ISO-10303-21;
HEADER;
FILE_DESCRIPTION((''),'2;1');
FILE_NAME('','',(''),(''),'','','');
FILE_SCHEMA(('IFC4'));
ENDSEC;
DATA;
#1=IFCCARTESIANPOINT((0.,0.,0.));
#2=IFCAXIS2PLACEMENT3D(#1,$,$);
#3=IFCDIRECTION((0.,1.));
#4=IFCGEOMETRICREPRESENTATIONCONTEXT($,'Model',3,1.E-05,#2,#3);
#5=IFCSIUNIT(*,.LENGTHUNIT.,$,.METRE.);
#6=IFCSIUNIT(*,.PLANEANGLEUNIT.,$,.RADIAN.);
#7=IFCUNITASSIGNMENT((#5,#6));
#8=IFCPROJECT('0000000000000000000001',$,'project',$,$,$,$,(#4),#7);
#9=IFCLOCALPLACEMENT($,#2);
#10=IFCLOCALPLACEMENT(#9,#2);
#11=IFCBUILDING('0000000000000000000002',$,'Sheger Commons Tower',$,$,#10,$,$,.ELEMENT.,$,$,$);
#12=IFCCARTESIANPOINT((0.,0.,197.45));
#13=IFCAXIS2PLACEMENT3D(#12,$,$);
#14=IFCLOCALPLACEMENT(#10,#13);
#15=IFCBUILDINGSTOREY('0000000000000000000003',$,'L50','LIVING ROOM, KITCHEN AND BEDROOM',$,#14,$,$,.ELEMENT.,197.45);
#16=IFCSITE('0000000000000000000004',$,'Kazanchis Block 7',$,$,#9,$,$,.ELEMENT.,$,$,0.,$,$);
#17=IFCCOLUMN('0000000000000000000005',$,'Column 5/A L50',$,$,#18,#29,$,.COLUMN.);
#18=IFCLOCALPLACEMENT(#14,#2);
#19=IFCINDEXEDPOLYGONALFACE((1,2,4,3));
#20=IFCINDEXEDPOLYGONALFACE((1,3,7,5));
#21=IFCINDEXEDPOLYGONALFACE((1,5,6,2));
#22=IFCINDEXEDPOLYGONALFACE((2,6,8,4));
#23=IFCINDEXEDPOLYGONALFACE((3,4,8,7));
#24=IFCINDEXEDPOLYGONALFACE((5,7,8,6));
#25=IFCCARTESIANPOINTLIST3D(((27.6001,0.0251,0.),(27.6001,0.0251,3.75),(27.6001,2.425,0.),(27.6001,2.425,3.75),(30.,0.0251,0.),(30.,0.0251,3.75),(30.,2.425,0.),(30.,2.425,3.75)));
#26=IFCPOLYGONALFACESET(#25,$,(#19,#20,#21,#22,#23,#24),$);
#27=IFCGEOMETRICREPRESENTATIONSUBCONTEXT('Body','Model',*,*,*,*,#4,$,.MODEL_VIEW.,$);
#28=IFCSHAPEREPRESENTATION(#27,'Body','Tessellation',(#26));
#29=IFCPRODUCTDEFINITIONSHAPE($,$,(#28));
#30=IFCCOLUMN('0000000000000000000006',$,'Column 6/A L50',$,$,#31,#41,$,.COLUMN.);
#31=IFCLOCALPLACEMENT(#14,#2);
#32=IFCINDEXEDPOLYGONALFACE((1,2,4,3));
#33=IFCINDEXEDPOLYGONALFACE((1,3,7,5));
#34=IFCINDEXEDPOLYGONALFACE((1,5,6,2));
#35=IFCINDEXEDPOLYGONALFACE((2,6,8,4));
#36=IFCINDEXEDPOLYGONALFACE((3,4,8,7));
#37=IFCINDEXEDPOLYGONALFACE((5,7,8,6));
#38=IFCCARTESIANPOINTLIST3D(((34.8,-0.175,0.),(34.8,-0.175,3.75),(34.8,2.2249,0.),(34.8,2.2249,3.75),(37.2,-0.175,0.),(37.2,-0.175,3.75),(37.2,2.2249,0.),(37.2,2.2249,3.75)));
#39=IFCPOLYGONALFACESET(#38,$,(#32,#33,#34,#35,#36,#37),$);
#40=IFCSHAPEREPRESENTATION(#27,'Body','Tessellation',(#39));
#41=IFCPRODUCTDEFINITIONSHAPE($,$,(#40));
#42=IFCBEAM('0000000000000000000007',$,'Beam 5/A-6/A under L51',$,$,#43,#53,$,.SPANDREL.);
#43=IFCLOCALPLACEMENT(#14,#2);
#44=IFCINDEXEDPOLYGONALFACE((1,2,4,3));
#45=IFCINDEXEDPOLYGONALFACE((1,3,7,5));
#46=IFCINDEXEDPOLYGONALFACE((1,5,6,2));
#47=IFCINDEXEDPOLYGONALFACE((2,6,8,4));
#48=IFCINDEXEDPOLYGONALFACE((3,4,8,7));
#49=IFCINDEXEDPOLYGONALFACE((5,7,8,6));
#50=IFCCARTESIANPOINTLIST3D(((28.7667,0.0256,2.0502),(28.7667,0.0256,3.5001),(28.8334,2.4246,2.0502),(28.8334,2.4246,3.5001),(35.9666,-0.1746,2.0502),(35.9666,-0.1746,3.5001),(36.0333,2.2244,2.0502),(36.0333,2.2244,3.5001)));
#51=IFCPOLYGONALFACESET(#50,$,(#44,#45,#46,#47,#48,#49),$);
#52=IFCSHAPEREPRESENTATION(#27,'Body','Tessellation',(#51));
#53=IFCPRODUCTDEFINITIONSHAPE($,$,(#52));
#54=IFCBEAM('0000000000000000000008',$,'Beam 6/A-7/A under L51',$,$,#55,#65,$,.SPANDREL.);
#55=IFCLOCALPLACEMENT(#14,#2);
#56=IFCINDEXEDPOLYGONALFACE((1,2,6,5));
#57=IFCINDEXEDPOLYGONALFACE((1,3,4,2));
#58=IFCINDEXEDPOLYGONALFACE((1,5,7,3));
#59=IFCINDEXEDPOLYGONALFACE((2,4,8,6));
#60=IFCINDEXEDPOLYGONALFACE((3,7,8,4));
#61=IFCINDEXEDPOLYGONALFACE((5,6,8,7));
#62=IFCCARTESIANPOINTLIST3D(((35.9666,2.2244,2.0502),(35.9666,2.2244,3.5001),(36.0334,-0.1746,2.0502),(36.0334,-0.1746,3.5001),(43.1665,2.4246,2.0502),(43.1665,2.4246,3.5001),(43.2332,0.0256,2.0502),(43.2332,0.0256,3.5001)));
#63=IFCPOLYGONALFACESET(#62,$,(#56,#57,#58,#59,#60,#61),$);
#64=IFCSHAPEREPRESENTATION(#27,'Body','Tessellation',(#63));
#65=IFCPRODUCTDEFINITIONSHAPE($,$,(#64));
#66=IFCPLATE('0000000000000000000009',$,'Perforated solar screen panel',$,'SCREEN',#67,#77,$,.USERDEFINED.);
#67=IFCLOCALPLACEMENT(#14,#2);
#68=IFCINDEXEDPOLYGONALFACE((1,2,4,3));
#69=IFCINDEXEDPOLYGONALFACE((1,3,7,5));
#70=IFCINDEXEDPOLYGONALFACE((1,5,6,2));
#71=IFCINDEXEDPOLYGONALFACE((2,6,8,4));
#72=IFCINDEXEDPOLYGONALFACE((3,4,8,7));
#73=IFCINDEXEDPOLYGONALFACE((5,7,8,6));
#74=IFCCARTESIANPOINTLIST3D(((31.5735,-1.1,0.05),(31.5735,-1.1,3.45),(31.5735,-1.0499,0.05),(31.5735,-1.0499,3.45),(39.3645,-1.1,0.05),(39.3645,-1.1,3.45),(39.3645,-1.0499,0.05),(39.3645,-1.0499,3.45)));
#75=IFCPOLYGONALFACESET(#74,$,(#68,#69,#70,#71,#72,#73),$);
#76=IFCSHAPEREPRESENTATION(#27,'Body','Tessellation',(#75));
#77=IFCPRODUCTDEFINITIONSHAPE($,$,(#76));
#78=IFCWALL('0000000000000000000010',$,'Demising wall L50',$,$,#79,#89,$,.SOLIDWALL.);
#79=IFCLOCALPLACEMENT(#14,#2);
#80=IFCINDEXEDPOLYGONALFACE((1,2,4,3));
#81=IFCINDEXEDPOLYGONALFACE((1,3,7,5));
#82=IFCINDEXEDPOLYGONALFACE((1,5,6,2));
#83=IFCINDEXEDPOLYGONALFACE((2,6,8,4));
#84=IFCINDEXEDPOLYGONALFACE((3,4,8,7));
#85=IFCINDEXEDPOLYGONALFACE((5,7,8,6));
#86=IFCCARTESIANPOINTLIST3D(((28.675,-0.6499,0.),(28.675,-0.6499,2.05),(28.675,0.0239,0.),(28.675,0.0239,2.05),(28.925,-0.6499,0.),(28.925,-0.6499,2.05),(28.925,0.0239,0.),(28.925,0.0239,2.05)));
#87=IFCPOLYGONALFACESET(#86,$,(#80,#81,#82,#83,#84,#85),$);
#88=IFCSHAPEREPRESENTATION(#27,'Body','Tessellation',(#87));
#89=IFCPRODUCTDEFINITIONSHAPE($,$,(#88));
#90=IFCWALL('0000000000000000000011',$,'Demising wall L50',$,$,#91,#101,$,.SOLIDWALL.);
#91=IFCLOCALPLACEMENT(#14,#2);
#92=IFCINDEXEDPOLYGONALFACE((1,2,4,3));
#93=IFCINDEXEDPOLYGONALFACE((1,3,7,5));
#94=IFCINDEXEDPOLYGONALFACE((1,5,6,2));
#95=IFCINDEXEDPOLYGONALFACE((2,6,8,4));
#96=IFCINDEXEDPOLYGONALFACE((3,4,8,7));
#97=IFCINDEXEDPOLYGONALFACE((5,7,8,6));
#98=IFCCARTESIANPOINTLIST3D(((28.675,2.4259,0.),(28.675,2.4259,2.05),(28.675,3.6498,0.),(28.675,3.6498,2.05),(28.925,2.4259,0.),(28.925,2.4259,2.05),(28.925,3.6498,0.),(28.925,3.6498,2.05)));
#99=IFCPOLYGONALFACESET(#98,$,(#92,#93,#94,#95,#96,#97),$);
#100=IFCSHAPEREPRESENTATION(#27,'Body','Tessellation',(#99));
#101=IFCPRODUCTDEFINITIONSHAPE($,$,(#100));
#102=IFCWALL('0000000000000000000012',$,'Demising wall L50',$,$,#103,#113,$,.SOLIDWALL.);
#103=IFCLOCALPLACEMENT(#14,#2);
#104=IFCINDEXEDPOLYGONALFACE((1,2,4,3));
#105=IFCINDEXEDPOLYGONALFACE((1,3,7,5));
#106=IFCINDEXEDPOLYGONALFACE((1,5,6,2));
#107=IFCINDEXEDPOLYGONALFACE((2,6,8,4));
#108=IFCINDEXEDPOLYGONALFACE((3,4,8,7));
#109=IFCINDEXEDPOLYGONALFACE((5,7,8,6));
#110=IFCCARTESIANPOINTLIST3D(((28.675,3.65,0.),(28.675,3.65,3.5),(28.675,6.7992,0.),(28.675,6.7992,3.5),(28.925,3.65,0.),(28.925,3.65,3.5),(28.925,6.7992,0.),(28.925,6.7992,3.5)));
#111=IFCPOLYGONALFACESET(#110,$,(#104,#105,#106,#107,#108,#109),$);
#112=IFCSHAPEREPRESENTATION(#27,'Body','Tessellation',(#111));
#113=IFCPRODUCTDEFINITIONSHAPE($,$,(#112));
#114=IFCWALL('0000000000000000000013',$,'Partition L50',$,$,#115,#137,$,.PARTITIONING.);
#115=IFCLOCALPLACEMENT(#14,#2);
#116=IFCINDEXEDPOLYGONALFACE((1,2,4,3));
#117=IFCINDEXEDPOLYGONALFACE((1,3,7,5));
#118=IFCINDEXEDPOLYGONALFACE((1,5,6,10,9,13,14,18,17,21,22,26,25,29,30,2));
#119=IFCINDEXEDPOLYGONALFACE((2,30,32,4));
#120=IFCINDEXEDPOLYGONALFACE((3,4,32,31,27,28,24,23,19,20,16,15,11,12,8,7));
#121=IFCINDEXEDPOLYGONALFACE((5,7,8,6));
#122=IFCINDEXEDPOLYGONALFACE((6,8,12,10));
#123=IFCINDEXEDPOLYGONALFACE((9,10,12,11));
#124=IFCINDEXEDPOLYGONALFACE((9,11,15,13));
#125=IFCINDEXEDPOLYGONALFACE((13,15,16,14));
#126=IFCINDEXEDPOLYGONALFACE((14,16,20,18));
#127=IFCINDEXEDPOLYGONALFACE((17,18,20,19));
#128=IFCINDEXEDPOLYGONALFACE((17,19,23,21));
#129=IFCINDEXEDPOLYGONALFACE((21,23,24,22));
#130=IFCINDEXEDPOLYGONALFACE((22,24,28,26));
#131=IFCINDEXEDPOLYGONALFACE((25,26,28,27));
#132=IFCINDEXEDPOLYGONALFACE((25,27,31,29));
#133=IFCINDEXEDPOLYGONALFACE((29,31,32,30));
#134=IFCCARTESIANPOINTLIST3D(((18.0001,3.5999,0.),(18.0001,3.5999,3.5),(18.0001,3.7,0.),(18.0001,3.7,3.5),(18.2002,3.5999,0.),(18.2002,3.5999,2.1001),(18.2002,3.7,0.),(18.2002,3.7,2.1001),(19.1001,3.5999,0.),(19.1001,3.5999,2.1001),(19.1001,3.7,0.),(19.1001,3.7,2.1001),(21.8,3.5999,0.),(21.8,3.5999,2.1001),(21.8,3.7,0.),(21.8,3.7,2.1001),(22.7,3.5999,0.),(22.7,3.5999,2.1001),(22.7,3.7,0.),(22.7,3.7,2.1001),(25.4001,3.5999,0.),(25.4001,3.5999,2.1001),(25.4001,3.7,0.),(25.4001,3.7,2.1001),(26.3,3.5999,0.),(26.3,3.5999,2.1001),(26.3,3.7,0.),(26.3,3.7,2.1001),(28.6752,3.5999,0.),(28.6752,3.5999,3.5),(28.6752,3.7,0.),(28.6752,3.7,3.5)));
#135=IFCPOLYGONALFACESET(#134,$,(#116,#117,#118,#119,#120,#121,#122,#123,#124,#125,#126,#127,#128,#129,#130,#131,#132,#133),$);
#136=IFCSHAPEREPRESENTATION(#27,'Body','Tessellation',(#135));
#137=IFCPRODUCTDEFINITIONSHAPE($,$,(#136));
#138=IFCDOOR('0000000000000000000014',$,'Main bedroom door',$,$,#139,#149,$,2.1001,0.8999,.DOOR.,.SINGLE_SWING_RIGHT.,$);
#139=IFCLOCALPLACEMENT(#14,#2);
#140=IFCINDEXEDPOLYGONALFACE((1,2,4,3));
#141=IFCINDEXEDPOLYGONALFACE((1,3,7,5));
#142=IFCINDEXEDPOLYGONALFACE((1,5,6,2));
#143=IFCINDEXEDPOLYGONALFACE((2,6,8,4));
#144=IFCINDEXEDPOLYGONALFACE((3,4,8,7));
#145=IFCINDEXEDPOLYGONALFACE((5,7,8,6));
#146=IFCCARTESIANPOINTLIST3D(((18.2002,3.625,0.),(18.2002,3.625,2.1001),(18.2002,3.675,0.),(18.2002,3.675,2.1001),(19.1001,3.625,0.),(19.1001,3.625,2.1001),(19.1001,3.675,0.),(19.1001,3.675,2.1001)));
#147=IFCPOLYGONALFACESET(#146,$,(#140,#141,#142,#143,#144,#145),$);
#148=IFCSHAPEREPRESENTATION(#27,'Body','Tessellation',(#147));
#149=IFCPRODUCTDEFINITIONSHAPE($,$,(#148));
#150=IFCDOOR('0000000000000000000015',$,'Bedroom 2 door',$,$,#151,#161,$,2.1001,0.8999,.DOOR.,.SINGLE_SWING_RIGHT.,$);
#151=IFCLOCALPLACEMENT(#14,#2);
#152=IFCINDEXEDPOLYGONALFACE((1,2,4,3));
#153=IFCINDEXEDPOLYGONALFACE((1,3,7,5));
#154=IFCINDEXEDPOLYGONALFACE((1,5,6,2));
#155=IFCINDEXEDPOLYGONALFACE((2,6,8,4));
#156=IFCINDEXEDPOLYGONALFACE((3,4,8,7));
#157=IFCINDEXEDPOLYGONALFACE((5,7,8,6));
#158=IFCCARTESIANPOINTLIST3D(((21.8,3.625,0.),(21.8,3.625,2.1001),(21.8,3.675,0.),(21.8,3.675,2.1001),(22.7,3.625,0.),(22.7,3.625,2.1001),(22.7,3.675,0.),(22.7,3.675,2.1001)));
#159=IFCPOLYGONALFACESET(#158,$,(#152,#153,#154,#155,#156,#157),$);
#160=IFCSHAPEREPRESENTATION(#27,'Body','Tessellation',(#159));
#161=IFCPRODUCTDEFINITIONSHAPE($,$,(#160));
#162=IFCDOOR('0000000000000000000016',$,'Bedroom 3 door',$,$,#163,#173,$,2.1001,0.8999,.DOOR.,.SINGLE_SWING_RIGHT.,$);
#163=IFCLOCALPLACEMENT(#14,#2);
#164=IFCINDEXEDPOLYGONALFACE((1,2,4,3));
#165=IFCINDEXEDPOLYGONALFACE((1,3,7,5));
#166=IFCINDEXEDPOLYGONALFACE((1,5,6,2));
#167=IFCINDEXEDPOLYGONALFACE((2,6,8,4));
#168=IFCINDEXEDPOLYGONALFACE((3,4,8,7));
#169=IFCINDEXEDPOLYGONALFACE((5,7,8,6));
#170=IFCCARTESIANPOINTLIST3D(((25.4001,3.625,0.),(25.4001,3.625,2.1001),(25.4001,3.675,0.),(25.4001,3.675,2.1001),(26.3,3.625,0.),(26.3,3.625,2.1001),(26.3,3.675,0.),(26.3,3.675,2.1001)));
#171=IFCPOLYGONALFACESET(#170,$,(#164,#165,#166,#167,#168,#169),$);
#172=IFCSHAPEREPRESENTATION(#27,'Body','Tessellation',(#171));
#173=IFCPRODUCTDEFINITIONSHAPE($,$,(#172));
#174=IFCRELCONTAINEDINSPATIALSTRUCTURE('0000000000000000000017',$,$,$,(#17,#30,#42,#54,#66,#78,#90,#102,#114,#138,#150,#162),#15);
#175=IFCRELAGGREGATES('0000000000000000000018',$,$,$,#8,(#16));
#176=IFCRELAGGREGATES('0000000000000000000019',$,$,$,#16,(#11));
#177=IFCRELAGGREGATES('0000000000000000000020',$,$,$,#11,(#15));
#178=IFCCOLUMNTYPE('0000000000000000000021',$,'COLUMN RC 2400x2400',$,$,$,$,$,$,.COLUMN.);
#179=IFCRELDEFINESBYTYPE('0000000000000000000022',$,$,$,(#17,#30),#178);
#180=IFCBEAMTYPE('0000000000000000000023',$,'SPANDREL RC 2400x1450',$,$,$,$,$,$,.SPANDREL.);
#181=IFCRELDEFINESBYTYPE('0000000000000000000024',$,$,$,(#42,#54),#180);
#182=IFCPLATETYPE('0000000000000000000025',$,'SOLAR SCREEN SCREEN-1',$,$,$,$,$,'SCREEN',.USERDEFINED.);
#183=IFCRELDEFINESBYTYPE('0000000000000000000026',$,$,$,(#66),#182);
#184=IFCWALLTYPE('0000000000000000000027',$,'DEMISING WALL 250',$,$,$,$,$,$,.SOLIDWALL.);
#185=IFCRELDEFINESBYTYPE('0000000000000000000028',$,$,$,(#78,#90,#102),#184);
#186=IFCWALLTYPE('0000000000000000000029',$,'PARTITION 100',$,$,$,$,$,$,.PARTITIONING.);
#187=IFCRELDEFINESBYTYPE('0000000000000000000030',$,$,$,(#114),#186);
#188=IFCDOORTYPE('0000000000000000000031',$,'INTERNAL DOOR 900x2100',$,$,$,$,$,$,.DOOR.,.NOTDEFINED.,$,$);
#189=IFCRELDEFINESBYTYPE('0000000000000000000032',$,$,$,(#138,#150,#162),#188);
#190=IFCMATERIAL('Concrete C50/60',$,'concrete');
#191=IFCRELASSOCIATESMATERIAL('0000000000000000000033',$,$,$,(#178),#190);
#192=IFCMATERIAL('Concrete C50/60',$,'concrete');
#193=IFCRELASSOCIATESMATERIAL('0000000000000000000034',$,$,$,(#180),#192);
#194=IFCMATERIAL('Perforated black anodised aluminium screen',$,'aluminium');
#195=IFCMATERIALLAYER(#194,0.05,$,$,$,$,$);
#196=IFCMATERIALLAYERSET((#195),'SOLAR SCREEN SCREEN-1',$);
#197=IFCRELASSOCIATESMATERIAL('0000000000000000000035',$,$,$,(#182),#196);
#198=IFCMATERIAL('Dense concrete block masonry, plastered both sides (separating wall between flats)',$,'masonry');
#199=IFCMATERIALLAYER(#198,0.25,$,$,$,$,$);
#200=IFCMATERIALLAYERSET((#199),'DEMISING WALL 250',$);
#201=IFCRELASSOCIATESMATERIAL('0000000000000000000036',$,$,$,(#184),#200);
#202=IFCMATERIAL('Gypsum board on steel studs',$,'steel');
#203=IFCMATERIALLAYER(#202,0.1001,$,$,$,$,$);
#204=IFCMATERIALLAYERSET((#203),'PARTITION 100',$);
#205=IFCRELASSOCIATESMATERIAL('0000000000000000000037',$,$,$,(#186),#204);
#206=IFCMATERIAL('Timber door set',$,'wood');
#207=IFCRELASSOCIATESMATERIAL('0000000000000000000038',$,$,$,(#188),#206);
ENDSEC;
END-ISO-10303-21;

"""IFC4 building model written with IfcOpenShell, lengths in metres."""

from ifc_helpers import new_model, si_unit, direction, frame, frame_2d, origin, origin_2d, place, context, subcontext, project, spatial, rectangle, extrude, material, layer, layer_set, material_profile, profile_set, type_object, element, fill, save


model = new_model("IFC4")

# Units and contexts
model_context = context("Model", 3, precision=1e-05, world=origin(), true_north=direction((0.0, 1.0)))
body_context = subcontext(model_context, "Body", "Model", "MODEL_VIEW")
ifc_project = project(units=[si_unit("LENGTHUNIT", "METRE"), si_unit("PLANEANGLEUNIT", "RADIAN")], contexts=[model_context])

# Site, building, storey
site_placement = place(None, origin())
site = spatial("IfcSite", under=ifc_project, at=site_placement, Name="Kazanchis Block 7", CompositionType="ELEMENT", RefElevation=0.0)
building_placement = place(site_placement, origin())
building = spatial("IfcBuilding", under=site, at=building_placement, Name="Sheger Commons Tower", CompositionType="ELEMENT")
storey_placement = place(building_placement, frame((0.0, 0.0, 197.45)))
storey = spatial("IfcBuildingStorey", under=building, at=storey_placement, Name="L50", Description="LIVING ROOM, KITCHEN AND BEDROOM", CompositionType="ELEMENT", Elevation=197.45)

# Columns
ifc_material_1 = material(Name="Concrete C50/60", Category="concrete")
ifc_material_profile_1 = material_profile(ifc_material_1, rectangle(XDim=2.3999, YDim=2.3999, at=origin_2d()), Name="RC 2400x2400")
ifc_profile_set_1 = profile_set([ifc_material_profile_1], Name="Concrete C50/60")
column_type = type_object("IfcColumnType", Name="COLUMN RC 2400x2400", PredefinedType="COLUMN", material=ifc_profile_set_1)
for number, where, z_axis, x_axis, name in (
    (1, (28.8, 1.2251, 0.0), (0.0, 0.0, 1.0), (1.0, 0.0, 0.0), "Column 5/A L50"),
    (2, (36.0, 1.0249, 0.0), (0.0, 0.0, 1.0), (1.0, 0.0, 0.0), "Column 6/A L50"),
):
    element("IfcColumn", number, at=place(storey_placement, frame(where, z_axis=z_axis, x_axis=x_axis)), inside=storey, type_object=column_type, Name=name, PredefinedType="COLUMN", context=body_context, shape_type="SweptSolid", body=[
        extrude(rectangle(XDim=2.3999, YDim=2.3999, at=origin_2d()), origin(), (0.0, 0.0, 1.0), 3.75),
    ])

# Beams
ifc_material_2 = material(Name="Concrete C50/60", Category="concrete")
ifc_material_profile_2 = material_profile(ifc_material_2, rectangle(XDim=2.3999, YDim=1.45, at=origin_2d()), Name="RC 2400x1450")
ifc_profile_set_2 = profile_set([ifc_material_profile_2], Name="Concrete C50/60")
beam_type = type_object("IfcBeamType", Name="SPANDREL RC 2400x1450", PredefinedType="SPANDREL", material=ifc_profile_set_2)
for number, where, z_axis, x_axis, name in (
    (3, (28.8, 1.2251, 2.7751), (0.999614, -0.027794, 0.0), (0.027794, 0.999614, 0.0), "Beam 5/A-6/A under L51"),
    (4, (36.0, 1.0249, 2.7751), (0.999614, 0.027794, 0.0), (-0.027794, 0.999614, 0.0), "Beam 6/A-7/A under L51"),
):
    element("IfcBeam", number, at=place(storey_placement, frame(where, z_axis=z_axis, x_axis=x_axis)), inside=storey, type_object=beam_type, Name=name, PredefinedType="SPANDREL", context=body_context, shape_type="SweptSolid", body=[
        extrude(rectangle(XDim=2.3999, YDim=1.45, at=origin_2d()), origin(), (0.0, 0.0, 1.0), 7.2026),
    ])

# Plate
ifc_material_3 = material(Name="Perforated black anodised aluminium screen", Category="aluminium")
ifc_layer_1 = layer(ifc_material_3, 0.05)
ifc_layer_set_1 = layer_set([ifc_layer_1], Name="SOLAR SCREEN SCREEN-1")
plate_type = type_object("IfcPlateType", Name="SOLAR SCREEN SCREEN-1", ElementType="SCREEN", PredefinedType="USERDEFINED", material=ifc_layer_set_1)
plate_placement = place(storey_placement, frame((35.469, -1.075, 0.05), z_axis=(0.0, 0.0, 1.0), x_axis=(1.0, 0.0, 0.0)))
element("IfcPlate", 5, at=plate_placement, inside=storey, type_object=plate_type, Name="Perforated solar screen panel", ObjectType="SCREEN", PredefinedType="USERDEFINED", context=body_context, shape_type="SweptSolid", body=[
    extrude(rectangle(XDim=7.791, YDim=0.05, at=origin_2d()), origin(), (0.0, 0.0, 1.0), 3.3999),
])

# Walls
ifc_material_4 = material(Name="Dense concrete block masonry, plastered both sides (separating wall between flats)", Category="masonry")
ifc_layer_2 = layer(ifc_material_4, 0.25)
ifc_layer_set_2 = layer_set([ifc_layer_2], Name="DEMISING WALL 250")
wall_type_1 = type_object("IfcWallType", Name="DEMISING WALL 250", PredefinedType="SOLIDWALL", material=ifc_layer_set_2)
wall_1_placement = place(storey_placement, frame((28.8, -0.6499, 0.0), z_axis=(0.0, 0.0, 1.0), x_axis=(0.0, 1.0, 0.0)))
element("IfcWall", 6, at=wall_1_placement, inside=storey, type_object=wall_type_1, Name="Demising wall L50", PredefinedType="SOLIDWALL", context=body_context, shape_type="SweptSolid", body=[
    extrude(rectangle(XDim=0.6738, YDim=0.25, at=frame_2d((0.3369, 0.0))), origin(), (0.0, 0.0, 1.0), 2.05),
])
wall_2_placement = place(storey_placement, frame((28.8, 2.426, 0.0), z_axis=(0.0, 0.0, 1.0), x_axis=(0.0, 1.0, 0.0)))
element("IfcWall", 7, at=wall_2_placement, inside=storey, type_object=wall_type_1, Name="Demising wall L50", PredefinedType="SOLIDWALL", context=body_context, shape_type="SweptSolid", body=[
    extrude(rectangle(XDim=1.2239, YDim=0.25, at=frame_2d((0.6118, 0.0))), origin(), (0.0, 0.0, 1.0), 2.05),
])
wall_3_placement = place(storey_placement, frame((28.8, 3.6499, 0.0), z_axis=(0.0, 0.0, 1.0), x_axis=(0.0, 1.0, 0.0)))
element("IfcWall", 8, at=wall_3_placement, inside=storey, type_object=wall_type_1, Name="Demising wall L50", PredefinedType="SOLIDWALL", context=body_context, shape_type="SweptSolid", body=[
    extrude(rectangle(XDim=3.1492, YDim=0.25, at=frame_2d((1.5747, 0.0))), origin(), (0.0, 0.0, 1.0), 3.5),
])

# Wall, openings, doors
ifc_material_5 = material(Name="Gypsum board on steel studs", Category="steel")
ifc_layer_3 = layer(ifc_material_5, 0.1001)
ifc_layer_set_3 = layer_set([ifc_layer_3], Name="PARTITION 100")
wall_type_2 = type_object("IfcWallType", Name="PARTITION 100", PredefinedType="PARTITIONING", material=ifc_layer_set_3)
wall_4_placement = place(storey_placement, frame((28.675, 3.6499, 0.0), z_axis=(0.0, 0.0, 1.0), x_axis=(-1.0, 0.0, 0.0)))
wall_4 = element("IfcWall", 9, at=wall_4_placement, inside=storey, type_object=wall_type_2, Name="Partition L50", PredefinedType="PARTITIONING", context=body_context, shape_type="SweptSolid", body=[
    extrude(rectangle(XDim=10.675, YDim=0.1001, at=frame_2d((5.3374, 0.0))), origin(), (0.0, 0.0, 1.0), 3.5),
])
opening_1_placement = place(wall_4_placement, frame((9.575, 0.0, 0.0)))
opening_1 = element("IfcOpeningElement", 10, at=opening_1_placement, cuts=wall_4, PredefinedType="OPENING", context=body_context, shape_type="SweptSolid", body=[
    extrude(rectangle(XDim=0.8999, YDim=2.1001, at=frame_2d((0.45, 1.05))), frame((0.0, 0.0601, 0.0), z_axis=(0.0, -1.0, 0.0), x_axis=(1.0, 0.0, 0.0)), (0.0, 0.0, 1.0), 0.1201),
])
opening_2_placement = place(wall_4_placement, frame((5.9751, 0.0, 0.0)))
opening_2 = element("IfcOpeningElement", 11, at=opening_2_placement, cuts=wall_4, PredefinedType="OPENING", context=body_context, shape_type="SweptSolid", body=[
    extrude(rectangle(XDim=0.8999, YDim=2.1001, at=frame_2d((0.45, 1.05))), frame((0.0, 0.0601, 0.0), z_axis=(0.0, -1.0, 0.0), x_axis=(1.0, 0.0, 0.0)), (0.0, 0.0, 1.0), 0.1201),
])
opening_3_placement = place(wall_4_placement, frame((2.375, 0.0, 0.0)))
opening_3 = element("IfcOpeningElement", 12, at=opening_3_placement, cuts=wall_4, PredefinedType="OPENING", context=body_context, shape_type="SweptSolid", body=[
    extrude(rectangle(XDim=0.8999, YDim=2.1001, at=frame_2d((0.45, 1.05))), frame((0.0, 0.0601, 0.0), z_axis=(0.0, -1.0, 0.0), x_axis=(1.0, 0.0, 0.0)), (0.0, 0.0, 1.0), 0.1201),
])
ifc_material_6 = material(Name="Timber door set", Category="wood")
door_type = type_object("IfcDoorType", Name="INTERNAL DOOR 900x2100", OperationType="NOTDEFINED", PredefinedType="DOOR", material=ifc_material_6)
door_1_placement = place(opening_1_placement, origin())
door_1 = element("IfcDoor", 13, at=door_1_placement, inside=storey, type_object=door_type, Name="Main bedroom door", OperationType="SINGLE_SWING_RIGHT", OverallHeight=2.1001, OverallWidth=0.8999, PredefinedType="DOOR", context=body_context, shape_type="SweptSolid", body=[
    extrude(rectangle(XDim=0.8999, YDim=2.1001, at=frame_2d((0.45, 1.05))), frame((0.0, 0.0249, 0.0), z_axis=(0.0, -1.0, 0.0), x_axis=(1.0, 0.0, 0.0)), (0.0, 0.0, 1.0), 0.05),
])
fill(opening_1, door_1)
door_2_placement = place(opening_2_placement, origin())
door_2 = element("IfcDoor", 14, at=door_2_placement, inside=storey, type_object=door_type, Name="Bedroom 2 door", OperationType="SINGLE_SWING_RIGHT", OverallHeight=2.1001, OverallWidth=0.8999, PredefinedType="DOOR", context=body_context, shape_type="SweptSolid", body=[
    extrude(rectangle(XDim=0.8999, YDim=2.1001, at=frame_2d((0.45, 1.05))), frame((0.0, 0.0249, 0.0), z_axis=(0.0, -1.0, 0.0), x_axis=(1.0, 0.0, 0.0)), (0.0, 0.0, 1.0), 0.05),
])
fill(opening_2, door_2)
door_3_placement = place(opening_3_placement, origin())
door_3 = element("IfcDoor", 15, at=door_3_placement, inside=storey, type_object=door_type, Name="Bedroom 3 door", OperationType="SINGLE_SWING_RIGHT", OverallHeight=2.1001, OverallWidth=0.8999, PredefinedType="DOOR", context=body_context, shape_type="SweptSolid", body=[
    extrude(rectangle(XDim=0.8999, YDim=2.1001, at=frame_2d((0.45, 1.05))), frame((0.0, 0.0249, 0.0), z_axis=(0.0, -1.0, 0.0), x_axis=(1.0, 0.0, 0.0)), (0.0, 0.0, 1.0), 0.05),
])
fill(opening_3, door_3)

save(model, "model.ifc")
